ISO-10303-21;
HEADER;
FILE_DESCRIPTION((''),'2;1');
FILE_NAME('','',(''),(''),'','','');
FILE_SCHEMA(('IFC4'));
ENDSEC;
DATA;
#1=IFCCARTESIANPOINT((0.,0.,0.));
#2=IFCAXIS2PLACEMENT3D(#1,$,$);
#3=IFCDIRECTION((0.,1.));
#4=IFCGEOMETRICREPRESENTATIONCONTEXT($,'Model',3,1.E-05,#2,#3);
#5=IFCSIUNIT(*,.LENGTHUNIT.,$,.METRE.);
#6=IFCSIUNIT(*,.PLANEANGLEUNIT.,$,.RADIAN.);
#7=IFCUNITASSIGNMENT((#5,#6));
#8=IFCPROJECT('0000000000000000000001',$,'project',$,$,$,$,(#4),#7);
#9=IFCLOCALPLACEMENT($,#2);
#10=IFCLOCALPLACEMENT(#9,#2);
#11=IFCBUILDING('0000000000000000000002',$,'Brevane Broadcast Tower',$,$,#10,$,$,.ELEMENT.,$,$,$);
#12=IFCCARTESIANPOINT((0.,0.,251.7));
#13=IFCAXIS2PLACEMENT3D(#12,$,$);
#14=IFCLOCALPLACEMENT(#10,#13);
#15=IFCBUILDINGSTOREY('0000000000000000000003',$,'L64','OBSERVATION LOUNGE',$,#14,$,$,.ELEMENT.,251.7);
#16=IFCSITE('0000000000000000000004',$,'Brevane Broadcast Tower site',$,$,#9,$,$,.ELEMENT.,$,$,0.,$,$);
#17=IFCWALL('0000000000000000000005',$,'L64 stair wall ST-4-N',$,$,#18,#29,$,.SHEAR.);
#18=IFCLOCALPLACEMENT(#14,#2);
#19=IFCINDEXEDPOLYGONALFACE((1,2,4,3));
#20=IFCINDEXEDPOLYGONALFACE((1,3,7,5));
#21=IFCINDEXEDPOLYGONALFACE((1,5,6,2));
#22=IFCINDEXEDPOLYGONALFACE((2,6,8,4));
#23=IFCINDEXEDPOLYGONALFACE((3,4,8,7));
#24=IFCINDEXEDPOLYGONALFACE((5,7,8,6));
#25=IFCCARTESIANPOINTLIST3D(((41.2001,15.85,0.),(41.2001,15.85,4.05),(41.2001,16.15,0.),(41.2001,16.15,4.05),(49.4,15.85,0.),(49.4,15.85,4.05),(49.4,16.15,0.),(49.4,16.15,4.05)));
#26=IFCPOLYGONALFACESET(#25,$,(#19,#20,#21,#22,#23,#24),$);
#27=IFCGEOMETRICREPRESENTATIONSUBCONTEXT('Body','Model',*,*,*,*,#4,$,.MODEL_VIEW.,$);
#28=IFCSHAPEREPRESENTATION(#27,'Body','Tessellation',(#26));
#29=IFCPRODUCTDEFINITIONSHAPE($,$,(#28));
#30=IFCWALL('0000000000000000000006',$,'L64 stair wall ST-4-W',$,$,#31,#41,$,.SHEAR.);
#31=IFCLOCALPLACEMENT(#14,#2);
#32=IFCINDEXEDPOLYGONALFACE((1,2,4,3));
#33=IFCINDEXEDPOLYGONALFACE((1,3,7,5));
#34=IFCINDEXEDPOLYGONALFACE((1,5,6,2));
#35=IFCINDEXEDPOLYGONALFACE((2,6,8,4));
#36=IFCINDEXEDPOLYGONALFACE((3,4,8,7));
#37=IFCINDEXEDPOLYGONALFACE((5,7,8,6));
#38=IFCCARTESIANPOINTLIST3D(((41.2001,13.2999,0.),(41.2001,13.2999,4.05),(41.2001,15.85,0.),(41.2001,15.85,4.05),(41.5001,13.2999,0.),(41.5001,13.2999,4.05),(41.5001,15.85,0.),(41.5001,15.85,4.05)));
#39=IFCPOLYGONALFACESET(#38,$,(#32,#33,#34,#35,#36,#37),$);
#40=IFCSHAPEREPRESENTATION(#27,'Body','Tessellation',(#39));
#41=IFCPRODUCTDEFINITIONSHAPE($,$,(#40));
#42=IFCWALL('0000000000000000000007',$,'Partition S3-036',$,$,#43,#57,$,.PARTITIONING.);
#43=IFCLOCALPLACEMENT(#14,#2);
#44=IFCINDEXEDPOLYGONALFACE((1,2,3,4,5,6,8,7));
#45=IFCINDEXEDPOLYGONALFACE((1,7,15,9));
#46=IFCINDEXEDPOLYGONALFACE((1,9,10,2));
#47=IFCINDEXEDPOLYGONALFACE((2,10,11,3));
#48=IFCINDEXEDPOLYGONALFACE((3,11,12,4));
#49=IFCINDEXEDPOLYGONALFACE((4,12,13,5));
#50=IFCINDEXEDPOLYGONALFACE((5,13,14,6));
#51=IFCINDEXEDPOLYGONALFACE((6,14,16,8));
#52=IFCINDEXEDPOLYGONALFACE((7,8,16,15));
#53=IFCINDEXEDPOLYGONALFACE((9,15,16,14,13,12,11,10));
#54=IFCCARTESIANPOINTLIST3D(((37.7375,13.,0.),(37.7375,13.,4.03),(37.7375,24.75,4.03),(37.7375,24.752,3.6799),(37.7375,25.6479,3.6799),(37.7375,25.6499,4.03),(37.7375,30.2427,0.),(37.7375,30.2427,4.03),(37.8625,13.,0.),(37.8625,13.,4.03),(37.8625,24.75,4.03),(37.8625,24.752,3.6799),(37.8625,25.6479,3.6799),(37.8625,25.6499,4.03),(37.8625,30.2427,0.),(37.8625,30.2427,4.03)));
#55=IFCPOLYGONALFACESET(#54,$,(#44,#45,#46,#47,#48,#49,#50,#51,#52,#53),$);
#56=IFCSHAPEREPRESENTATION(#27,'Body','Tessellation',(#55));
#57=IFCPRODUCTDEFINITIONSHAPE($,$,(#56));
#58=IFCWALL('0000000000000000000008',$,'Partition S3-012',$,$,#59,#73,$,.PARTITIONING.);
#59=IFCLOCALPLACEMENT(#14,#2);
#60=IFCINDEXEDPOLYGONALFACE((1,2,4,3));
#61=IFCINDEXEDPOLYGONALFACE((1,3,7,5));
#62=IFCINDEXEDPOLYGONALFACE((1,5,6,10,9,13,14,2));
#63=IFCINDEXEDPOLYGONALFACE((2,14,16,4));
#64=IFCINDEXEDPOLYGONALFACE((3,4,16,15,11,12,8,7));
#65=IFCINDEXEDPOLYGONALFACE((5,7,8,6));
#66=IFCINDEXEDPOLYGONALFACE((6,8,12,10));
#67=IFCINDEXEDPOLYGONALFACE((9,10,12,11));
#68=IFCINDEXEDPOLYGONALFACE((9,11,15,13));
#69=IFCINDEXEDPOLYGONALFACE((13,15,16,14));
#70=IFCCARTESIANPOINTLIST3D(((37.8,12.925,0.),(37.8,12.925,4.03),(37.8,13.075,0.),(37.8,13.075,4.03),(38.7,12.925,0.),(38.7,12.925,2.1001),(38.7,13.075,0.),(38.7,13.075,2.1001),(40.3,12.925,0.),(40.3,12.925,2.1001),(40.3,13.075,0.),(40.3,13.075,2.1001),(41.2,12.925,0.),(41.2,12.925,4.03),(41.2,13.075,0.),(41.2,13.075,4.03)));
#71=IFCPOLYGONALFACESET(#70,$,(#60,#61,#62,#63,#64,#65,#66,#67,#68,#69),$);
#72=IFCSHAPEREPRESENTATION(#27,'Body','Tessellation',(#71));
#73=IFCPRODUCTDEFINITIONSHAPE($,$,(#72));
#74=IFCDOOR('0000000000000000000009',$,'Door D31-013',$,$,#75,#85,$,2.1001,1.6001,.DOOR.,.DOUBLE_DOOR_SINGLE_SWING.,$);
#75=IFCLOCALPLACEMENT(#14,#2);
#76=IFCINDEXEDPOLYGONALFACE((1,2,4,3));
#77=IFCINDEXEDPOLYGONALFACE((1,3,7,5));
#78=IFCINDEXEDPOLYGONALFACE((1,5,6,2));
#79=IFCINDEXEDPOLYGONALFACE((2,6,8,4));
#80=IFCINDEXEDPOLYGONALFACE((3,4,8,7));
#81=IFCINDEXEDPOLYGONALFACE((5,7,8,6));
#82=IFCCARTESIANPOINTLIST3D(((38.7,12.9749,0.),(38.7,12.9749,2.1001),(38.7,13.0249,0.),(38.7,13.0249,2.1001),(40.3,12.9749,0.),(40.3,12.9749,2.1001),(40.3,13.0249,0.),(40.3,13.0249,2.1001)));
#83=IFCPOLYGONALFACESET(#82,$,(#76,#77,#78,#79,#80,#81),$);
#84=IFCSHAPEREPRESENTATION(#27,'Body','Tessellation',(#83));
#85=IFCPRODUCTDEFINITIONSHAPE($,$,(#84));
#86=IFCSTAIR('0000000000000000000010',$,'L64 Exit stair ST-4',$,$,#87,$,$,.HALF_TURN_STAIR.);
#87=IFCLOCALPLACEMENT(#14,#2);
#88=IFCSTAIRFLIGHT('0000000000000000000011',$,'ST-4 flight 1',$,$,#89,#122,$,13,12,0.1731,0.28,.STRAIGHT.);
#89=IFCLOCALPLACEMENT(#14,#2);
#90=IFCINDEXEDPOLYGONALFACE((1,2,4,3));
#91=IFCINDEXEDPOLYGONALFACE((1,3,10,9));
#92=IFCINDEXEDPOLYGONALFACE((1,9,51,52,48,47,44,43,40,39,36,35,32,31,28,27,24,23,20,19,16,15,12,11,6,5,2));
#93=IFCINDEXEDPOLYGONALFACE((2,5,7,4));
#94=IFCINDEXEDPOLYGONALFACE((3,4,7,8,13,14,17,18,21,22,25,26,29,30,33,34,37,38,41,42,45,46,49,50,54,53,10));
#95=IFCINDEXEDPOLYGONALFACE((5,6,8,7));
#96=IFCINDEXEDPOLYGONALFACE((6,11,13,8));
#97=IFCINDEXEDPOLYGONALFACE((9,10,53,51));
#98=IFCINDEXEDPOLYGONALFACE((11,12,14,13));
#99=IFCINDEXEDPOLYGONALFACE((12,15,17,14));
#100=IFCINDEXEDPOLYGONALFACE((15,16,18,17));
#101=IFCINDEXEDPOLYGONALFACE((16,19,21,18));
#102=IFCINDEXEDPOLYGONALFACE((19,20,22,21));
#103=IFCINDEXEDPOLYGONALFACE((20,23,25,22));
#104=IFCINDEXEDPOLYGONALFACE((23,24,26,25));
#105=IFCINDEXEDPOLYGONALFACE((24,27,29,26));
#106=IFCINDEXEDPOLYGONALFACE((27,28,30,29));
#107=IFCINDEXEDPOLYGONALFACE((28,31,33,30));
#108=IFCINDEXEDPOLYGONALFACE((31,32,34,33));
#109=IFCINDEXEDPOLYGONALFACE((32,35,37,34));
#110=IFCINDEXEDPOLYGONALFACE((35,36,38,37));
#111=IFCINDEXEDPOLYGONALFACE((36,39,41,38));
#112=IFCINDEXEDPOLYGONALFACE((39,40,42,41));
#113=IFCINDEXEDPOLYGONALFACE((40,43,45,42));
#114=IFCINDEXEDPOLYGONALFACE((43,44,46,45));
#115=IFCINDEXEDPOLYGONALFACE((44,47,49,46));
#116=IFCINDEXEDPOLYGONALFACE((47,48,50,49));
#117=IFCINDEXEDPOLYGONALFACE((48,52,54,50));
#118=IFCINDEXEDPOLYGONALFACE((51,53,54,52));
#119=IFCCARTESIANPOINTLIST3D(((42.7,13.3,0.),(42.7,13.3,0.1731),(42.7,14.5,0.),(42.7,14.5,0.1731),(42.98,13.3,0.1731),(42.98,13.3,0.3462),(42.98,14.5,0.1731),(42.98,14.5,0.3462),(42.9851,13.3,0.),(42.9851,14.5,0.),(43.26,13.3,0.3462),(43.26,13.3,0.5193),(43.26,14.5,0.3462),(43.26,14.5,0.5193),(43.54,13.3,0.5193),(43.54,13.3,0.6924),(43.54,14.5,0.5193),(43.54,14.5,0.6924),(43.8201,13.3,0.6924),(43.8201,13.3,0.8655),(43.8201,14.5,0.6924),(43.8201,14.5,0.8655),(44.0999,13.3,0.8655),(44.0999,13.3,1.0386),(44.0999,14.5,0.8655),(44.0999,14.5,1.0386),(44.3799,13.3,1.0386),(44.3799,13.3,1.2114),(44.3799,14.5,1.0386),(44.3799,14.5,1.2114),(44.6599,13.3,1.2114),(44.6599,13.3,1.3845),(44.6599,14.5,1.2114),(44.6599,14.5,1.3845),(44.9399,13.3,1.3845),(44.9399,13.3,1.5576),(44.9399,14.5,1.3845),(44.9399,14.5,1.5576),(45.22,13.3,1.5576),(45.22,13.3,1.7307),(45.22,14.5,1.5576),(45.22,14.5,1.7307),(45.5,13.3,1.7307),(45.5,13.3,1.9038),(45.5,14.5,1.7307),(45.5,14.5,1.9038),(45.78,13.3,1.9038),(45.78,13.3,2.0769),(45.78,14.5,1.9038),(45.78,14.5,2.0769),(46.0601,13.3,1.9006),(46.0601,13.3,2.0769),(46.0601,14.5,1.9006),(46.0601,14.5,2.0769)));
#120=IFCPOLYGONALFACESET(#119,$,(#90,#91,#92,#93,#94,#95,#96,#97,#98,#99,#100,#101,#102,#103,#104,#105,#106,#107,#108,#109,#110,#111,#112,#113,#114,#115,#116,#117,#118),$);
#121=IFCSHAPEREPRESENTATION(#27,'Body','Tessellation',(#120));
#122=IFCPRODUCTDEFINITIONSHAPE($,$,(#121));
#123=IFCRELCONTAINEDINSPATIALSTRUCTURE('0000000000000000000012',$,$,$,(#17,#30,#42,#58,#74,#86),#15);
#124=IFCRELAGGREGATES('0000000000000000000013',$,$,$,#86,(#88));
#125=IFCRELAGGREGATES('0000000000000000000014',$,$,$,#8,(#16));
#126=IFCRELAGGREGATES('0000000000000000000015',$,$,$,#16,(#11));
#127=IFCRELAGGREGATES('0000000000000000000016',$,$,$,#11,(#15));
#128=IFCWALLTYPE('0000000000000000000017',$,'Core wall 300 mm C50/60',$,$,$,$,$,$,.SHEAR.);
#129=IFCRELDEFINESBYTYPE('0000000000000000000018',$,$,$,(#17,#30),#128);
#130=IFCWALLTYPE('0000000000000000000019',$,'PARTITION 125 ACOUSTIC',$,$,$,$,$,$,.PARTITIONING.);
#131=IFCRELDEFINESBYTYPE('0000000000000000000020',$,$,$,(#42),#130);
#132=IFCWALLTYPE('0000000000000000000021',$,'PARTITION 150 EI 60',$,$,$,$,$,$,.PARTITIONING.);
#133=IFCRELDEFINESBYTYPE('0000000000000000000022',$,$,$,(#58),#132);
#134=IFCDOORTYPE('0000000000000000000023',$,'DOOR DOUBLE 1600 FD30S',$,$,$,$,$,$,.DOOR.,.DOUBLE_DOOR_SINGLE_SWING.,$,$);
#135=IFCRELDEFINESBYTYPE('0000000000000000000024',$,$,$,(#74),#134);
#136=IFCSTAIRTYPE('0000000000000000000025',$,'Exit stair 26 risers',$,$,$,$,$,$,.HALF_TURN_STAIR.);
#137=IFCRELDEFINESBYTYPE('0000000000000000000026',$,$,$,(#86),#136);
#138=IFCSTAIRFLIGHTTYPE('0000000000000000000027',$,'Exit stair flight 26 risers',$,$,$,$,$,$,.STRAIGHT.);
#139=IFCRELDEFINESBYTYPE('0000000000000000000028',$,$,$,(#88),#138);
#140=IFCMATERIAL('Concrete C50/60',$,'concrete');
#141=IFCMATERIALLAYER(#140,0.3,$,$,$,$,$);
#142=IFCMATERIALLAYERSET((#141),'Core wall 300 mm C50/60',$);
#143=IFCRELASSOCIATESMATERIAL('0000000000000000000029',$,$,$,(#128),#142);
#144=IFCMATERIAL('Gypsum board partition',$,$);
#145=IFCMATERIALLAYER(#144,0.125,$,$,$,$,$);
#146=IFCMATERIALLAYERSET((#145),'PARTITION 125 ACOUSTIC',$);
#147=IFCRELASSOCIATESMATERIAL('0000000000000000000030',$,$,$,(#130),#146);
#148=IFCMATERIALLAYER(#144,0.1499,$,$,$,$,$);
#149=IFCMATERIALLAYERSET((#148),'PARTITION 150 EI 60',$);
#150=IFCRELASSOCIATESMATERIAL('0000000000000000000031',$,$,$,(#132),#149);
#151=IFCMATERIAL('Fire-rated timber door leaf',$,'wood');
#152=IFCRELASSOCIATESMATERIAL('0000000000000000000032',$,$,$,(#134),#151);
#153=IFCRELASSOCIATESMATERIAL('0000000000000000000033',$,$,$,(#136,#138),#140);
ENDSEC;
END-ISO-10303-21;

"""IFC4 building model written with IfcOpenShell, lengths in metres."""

from ifc_helpers import new_model, si_unit, direction, frame, frame_2d, origin, place, context, subcontext, project, spatial, polyline, rectangle, outline, extrude, material, layer, layer_set, type_object, element, fill, aggregate, save


model = new_model("IFC4")

# Units and contexts
model_context = context("Model", 3, precision=1e-05, world=origin(), true_north=direction((0.0, 1.0)))
body_context = subcontext(model_context, "Body", "Model", "MODEL_VIEW")
ifc_project = project(units=[si_unit("LENGTHUNIT", "METRE"), si_unit("PLANEANGLEUNIT", "RADIAN")], contexts=[model_context])

# Site, building, storey
site_placement = place(None, origin())
site = spatial("IfcSite", under=ifc_project, at=site_placement, Name="Brevane Broadcast Tower site", CompositionType="ELEMENT", RefElevation=0.0)
building_placement = place(site_placement, origin())
building = spatial("IfcBuilding", under=site, at=building_placement, Name="Brevane Broadcast Tower", CompositionType="ELEMENT")
storey_placement = place(building_placement, frame((0.0, 0.0, 251.7)))
storey = spatial("IfcBuildingStorey", under=building, at=storey_placement, Name="L64", Description="OBSERVATION LOUNGE", CompositionType="ELEMENT", Elevation=251.7)

# Shared definitions
ifc_material_1 = material(Name="Concrete C50/60", Category="concrete")

# Walls
ifc_layer_1 = layer(ifc_material_1, 0.3)
ifc_layer_set_1 = layer_set([ifc_layer_1], Name="Core wall 300 mm C50/60")
wall_type_1 = type_object("IfcWallType", Name="Core wall 300 mm C50/60", PredefinedType="SHEAR", material=ifc_layer_set_1)
wall_1_placement = place(storey_placement, frame((41.2, 16.0, 0.0), z_axis=(0.0, 0.0, 1.0), x_axis=(1.0, 0.0, 0.0)))
element("IfcWall", 1, at=wall_1_placement, inside=storey, type_object=wall_type_1, Name="L64 stair wall ST-4-N", PredefinedType="SHEAR", context=body_context, shape_type="SweptSolid", body=[
    extrude(rectangle(XDim=8.2, YDim=0.3, at=frame_2d((4.1001, 0.0))), origin(), (0.0, 0.0, 1.0), 4.05),
])
wall_2_placement = place(storey_placement, frame((41.3501, 13.3, 0.0), z_axis=(0.0, 0.0, 1.0), x_axis=(0.0, 1.0, 0.0)))
element("IfcWall", 2, at=wall_2_placement, inside=storey, type_object=wall_type_1, Name="L64 stair wall ST-4-W", PredefinedType="SHEAR", context=body_context, shape_type="SweptSolid", body=[
    extrude(rectangle(XDim=2.55, YDim=0.3, at=frame_2d((1.2749, 0.0))), origin(), (0.0, 0.0, 1.0), 4.05),
])
ifc_material_2 = material(Name="Gypsum board partition")
ifc_layer_2 = layer(ifc_material_2, 0.125)
ifc_layer_set_2 = layer_set([ifc_layer_2], Name="PARTITION 125 ACOUSTIC")
wall_type_2 = type_object("IfcWallType", Name="PARTITION 125 ACOUSTIC", PredefinedType="PARTITIONING", material=ifc_layer_set_2)
wall_3_placement = place(storey_placement, frame((37.8, 30.2427, 0.0), z_axis=(0.0, 0.0, 1.0), x_axis=(0.0, -1.0, 0.0)))
element("IfcWall", 3, at=wall_3_placement, inside=storey, type_object=wall_type_2, Name="Partition S3-036", PredefinedType="PARTITIONING", context=body_context, shape_type="SweptSolid", body=[
    extrude(outline(polyline([(0.0, 0.0), (17.2427, 0.0), (17.2427, 4.03), (5.4927, 4.03), (5.4907, 3.6799), (4.5947, 3.6799), (4.5928, 4.03), (0.0, 4.03), (0.0, 0.0)])), frame((0.0, 0.0625, 0.0), z_axis=(0.0, -1.0, 0.0), x_axis=(1.0, 0.0, 0.0)), (0.0, 0.0, 1.0), 0.125),
])

# Wall, opening, door
ifc_layer_3 = layer(ifc_material_2, 0.1499)
ifc_layer_set_3 = layer_set([ifc_layer_3], Name="PARTITION 150 EI 60")
wall_type_3 = type_object("IfcWallType", Name="PARTITION 150 EI 60", PredefinedType="PARTITIONING", material=ifc_layer_set_3)
wall_4_placement = place(storey_placement, frame((37.8, 13.0, 0.0), z_axis=(0.0, 0.0, 1.0), x_axis=(1.0, 0.0, 0.0)))
wall_4 = element("IfcWall", 4, at=wall_4_placement, inside=storey, type_object=wall_type_3, Name="Partition S3-012", PredefinedType="PARTITIONING", context=body_context, shape_type="SweptSolid", body=[
    extrude(rectangle(XDim=3.3999, YDim=0.1499, at=frame_2d((1.7, 0.0))), origin(), (0.0, 0.0, 1.0), 4.03),
])
opening_placement = place(wall_4_placement, frame((0.8999, 0.0, 0.0)))
opening = element("IfcOpeningElement", 5, at=opening_placement, cuts=wall_4, PredefinedType="OPENING", context=body_context, shape_type="SweptSolid", body=[
    extrude(rectangle(XDim=1.6001, YDim=2.1001, at=frame_2d((0.8, 1.05))), frame((0.0, 0.085, 0.0), z_axis=(0.0, -1.0, 0.0), x_axis=(1.0, 0.0, 0.0)), (0.0, 0.0, 1.0), 0.1699),
])
ifc_material_3 = material(Name="Fire-rated timber door leaf", Category="wood")
door_type = type_object("IfcDoorType", Name="DOOR DOUBLE 1600 FD30S", OperationType="DOUBLE_DOOR_SINGLE_SWING", PredefinedType="DOOR", material=ifc_material_3)
door_placement = place(opening_placement, origin())
door = element("IfcDoor", 6, at=door_placement, inside=storey, type_object=door_type, Name="Door D31-013", OperationType="DOUBLE_DOOR_SINGLE_SWING", OverallHeight=2.1001, OverallWidth=1.6001, PredefinedType="DOOR", context=body_context, shape_type="SweptSolid", body=[
    extrude(rectangle(XDim=1.6001, YDim=2.1001, at=frame_2d((0.8, 1.05))), frame((0.0, 0.0249, 0.0), z_axis=(0.0, -1.0, 0.0), x_axis=(1.0, 0.0, 0.0)), (0.0, 0.0, 1.0), 0.05),
])
fill(opening, door)

# Stair, stair flight
stair_type = type_object("IfcStairType", Name="Exit stair 26 risers", PredefinedType="HALF_TURN_STAIR", material=ifc_material_1)
stair_placement = place(storey_placement, origin())
stair = element("IfcStair", 7, at=stair_placement, inside=storey, type_object=stair_type, Name="L64 Exit stair ST-4", PredefinedType="HALF_TURN_STAIR")
stair_flight_type = type_object("IfcStairFlightType", Name="Exit stair flight 26 risers", PredefinedType="STRAIGHT", material=ifc_material_1)
stair_flight_placement = place(storey_placement, frame((42.7, 13.8999, 0.0), z_axis=(0.0, 0.0, 1.0), x_axis=(1.0, 0.0, 0.0)))
stair_flight = element("IfcStairFlight", 8, at=stair_flight_placement, type_object=stair_flight_type, Name="ST-4 flight 1", NumberOfRisers=13, NumberOfTreads=12, PredefinedType="STRAIGHT", RiserHeight=0.1731, TreadLength=0.28, context=body_context, shape_type="SweptSolid", body=[
    extrude(outline(polyline([(0.0, 0.0), (0.0, 0.1731), (0.28, 0.1731), (0.28, 0.3462), (0.5601, 0.3462), (0.5601, 0.5193), (0.8401, 0.5193), (0.8401, 0.6924), (1.1201, 0.6924), (1.1201, 0.8655), (1.3999, 0.8655), (1.3999, 1.0386), (1.6799, 1.0386), (1.6799, 1.2114), (1.96, 1.2114), (1.96, 1.3845), (2.24, 1.3845), (2.24, 1.5576), (2.52, 1.5576), (2.52, 1.7307), (2.8, 1.7307), (2.8, 1.9038), (3.0801, 1.9038), (3.0801, 2.0769), (3.3601, 2.0769), (3.3601, 2.25), (3.3601, 1.9006), (0.2852, 0.0), (0.0, 0.0)])), frame((0.0, 0.6001, 0.0), z_axis=(0.0, -1.0, 0.0), x_axis=(1.0, 0.0, 0.0)), (0.0, 0.0, 1.0), 1.2),
])
aggregate(stair, [stair_flight])

save(model, "model.ifc")
